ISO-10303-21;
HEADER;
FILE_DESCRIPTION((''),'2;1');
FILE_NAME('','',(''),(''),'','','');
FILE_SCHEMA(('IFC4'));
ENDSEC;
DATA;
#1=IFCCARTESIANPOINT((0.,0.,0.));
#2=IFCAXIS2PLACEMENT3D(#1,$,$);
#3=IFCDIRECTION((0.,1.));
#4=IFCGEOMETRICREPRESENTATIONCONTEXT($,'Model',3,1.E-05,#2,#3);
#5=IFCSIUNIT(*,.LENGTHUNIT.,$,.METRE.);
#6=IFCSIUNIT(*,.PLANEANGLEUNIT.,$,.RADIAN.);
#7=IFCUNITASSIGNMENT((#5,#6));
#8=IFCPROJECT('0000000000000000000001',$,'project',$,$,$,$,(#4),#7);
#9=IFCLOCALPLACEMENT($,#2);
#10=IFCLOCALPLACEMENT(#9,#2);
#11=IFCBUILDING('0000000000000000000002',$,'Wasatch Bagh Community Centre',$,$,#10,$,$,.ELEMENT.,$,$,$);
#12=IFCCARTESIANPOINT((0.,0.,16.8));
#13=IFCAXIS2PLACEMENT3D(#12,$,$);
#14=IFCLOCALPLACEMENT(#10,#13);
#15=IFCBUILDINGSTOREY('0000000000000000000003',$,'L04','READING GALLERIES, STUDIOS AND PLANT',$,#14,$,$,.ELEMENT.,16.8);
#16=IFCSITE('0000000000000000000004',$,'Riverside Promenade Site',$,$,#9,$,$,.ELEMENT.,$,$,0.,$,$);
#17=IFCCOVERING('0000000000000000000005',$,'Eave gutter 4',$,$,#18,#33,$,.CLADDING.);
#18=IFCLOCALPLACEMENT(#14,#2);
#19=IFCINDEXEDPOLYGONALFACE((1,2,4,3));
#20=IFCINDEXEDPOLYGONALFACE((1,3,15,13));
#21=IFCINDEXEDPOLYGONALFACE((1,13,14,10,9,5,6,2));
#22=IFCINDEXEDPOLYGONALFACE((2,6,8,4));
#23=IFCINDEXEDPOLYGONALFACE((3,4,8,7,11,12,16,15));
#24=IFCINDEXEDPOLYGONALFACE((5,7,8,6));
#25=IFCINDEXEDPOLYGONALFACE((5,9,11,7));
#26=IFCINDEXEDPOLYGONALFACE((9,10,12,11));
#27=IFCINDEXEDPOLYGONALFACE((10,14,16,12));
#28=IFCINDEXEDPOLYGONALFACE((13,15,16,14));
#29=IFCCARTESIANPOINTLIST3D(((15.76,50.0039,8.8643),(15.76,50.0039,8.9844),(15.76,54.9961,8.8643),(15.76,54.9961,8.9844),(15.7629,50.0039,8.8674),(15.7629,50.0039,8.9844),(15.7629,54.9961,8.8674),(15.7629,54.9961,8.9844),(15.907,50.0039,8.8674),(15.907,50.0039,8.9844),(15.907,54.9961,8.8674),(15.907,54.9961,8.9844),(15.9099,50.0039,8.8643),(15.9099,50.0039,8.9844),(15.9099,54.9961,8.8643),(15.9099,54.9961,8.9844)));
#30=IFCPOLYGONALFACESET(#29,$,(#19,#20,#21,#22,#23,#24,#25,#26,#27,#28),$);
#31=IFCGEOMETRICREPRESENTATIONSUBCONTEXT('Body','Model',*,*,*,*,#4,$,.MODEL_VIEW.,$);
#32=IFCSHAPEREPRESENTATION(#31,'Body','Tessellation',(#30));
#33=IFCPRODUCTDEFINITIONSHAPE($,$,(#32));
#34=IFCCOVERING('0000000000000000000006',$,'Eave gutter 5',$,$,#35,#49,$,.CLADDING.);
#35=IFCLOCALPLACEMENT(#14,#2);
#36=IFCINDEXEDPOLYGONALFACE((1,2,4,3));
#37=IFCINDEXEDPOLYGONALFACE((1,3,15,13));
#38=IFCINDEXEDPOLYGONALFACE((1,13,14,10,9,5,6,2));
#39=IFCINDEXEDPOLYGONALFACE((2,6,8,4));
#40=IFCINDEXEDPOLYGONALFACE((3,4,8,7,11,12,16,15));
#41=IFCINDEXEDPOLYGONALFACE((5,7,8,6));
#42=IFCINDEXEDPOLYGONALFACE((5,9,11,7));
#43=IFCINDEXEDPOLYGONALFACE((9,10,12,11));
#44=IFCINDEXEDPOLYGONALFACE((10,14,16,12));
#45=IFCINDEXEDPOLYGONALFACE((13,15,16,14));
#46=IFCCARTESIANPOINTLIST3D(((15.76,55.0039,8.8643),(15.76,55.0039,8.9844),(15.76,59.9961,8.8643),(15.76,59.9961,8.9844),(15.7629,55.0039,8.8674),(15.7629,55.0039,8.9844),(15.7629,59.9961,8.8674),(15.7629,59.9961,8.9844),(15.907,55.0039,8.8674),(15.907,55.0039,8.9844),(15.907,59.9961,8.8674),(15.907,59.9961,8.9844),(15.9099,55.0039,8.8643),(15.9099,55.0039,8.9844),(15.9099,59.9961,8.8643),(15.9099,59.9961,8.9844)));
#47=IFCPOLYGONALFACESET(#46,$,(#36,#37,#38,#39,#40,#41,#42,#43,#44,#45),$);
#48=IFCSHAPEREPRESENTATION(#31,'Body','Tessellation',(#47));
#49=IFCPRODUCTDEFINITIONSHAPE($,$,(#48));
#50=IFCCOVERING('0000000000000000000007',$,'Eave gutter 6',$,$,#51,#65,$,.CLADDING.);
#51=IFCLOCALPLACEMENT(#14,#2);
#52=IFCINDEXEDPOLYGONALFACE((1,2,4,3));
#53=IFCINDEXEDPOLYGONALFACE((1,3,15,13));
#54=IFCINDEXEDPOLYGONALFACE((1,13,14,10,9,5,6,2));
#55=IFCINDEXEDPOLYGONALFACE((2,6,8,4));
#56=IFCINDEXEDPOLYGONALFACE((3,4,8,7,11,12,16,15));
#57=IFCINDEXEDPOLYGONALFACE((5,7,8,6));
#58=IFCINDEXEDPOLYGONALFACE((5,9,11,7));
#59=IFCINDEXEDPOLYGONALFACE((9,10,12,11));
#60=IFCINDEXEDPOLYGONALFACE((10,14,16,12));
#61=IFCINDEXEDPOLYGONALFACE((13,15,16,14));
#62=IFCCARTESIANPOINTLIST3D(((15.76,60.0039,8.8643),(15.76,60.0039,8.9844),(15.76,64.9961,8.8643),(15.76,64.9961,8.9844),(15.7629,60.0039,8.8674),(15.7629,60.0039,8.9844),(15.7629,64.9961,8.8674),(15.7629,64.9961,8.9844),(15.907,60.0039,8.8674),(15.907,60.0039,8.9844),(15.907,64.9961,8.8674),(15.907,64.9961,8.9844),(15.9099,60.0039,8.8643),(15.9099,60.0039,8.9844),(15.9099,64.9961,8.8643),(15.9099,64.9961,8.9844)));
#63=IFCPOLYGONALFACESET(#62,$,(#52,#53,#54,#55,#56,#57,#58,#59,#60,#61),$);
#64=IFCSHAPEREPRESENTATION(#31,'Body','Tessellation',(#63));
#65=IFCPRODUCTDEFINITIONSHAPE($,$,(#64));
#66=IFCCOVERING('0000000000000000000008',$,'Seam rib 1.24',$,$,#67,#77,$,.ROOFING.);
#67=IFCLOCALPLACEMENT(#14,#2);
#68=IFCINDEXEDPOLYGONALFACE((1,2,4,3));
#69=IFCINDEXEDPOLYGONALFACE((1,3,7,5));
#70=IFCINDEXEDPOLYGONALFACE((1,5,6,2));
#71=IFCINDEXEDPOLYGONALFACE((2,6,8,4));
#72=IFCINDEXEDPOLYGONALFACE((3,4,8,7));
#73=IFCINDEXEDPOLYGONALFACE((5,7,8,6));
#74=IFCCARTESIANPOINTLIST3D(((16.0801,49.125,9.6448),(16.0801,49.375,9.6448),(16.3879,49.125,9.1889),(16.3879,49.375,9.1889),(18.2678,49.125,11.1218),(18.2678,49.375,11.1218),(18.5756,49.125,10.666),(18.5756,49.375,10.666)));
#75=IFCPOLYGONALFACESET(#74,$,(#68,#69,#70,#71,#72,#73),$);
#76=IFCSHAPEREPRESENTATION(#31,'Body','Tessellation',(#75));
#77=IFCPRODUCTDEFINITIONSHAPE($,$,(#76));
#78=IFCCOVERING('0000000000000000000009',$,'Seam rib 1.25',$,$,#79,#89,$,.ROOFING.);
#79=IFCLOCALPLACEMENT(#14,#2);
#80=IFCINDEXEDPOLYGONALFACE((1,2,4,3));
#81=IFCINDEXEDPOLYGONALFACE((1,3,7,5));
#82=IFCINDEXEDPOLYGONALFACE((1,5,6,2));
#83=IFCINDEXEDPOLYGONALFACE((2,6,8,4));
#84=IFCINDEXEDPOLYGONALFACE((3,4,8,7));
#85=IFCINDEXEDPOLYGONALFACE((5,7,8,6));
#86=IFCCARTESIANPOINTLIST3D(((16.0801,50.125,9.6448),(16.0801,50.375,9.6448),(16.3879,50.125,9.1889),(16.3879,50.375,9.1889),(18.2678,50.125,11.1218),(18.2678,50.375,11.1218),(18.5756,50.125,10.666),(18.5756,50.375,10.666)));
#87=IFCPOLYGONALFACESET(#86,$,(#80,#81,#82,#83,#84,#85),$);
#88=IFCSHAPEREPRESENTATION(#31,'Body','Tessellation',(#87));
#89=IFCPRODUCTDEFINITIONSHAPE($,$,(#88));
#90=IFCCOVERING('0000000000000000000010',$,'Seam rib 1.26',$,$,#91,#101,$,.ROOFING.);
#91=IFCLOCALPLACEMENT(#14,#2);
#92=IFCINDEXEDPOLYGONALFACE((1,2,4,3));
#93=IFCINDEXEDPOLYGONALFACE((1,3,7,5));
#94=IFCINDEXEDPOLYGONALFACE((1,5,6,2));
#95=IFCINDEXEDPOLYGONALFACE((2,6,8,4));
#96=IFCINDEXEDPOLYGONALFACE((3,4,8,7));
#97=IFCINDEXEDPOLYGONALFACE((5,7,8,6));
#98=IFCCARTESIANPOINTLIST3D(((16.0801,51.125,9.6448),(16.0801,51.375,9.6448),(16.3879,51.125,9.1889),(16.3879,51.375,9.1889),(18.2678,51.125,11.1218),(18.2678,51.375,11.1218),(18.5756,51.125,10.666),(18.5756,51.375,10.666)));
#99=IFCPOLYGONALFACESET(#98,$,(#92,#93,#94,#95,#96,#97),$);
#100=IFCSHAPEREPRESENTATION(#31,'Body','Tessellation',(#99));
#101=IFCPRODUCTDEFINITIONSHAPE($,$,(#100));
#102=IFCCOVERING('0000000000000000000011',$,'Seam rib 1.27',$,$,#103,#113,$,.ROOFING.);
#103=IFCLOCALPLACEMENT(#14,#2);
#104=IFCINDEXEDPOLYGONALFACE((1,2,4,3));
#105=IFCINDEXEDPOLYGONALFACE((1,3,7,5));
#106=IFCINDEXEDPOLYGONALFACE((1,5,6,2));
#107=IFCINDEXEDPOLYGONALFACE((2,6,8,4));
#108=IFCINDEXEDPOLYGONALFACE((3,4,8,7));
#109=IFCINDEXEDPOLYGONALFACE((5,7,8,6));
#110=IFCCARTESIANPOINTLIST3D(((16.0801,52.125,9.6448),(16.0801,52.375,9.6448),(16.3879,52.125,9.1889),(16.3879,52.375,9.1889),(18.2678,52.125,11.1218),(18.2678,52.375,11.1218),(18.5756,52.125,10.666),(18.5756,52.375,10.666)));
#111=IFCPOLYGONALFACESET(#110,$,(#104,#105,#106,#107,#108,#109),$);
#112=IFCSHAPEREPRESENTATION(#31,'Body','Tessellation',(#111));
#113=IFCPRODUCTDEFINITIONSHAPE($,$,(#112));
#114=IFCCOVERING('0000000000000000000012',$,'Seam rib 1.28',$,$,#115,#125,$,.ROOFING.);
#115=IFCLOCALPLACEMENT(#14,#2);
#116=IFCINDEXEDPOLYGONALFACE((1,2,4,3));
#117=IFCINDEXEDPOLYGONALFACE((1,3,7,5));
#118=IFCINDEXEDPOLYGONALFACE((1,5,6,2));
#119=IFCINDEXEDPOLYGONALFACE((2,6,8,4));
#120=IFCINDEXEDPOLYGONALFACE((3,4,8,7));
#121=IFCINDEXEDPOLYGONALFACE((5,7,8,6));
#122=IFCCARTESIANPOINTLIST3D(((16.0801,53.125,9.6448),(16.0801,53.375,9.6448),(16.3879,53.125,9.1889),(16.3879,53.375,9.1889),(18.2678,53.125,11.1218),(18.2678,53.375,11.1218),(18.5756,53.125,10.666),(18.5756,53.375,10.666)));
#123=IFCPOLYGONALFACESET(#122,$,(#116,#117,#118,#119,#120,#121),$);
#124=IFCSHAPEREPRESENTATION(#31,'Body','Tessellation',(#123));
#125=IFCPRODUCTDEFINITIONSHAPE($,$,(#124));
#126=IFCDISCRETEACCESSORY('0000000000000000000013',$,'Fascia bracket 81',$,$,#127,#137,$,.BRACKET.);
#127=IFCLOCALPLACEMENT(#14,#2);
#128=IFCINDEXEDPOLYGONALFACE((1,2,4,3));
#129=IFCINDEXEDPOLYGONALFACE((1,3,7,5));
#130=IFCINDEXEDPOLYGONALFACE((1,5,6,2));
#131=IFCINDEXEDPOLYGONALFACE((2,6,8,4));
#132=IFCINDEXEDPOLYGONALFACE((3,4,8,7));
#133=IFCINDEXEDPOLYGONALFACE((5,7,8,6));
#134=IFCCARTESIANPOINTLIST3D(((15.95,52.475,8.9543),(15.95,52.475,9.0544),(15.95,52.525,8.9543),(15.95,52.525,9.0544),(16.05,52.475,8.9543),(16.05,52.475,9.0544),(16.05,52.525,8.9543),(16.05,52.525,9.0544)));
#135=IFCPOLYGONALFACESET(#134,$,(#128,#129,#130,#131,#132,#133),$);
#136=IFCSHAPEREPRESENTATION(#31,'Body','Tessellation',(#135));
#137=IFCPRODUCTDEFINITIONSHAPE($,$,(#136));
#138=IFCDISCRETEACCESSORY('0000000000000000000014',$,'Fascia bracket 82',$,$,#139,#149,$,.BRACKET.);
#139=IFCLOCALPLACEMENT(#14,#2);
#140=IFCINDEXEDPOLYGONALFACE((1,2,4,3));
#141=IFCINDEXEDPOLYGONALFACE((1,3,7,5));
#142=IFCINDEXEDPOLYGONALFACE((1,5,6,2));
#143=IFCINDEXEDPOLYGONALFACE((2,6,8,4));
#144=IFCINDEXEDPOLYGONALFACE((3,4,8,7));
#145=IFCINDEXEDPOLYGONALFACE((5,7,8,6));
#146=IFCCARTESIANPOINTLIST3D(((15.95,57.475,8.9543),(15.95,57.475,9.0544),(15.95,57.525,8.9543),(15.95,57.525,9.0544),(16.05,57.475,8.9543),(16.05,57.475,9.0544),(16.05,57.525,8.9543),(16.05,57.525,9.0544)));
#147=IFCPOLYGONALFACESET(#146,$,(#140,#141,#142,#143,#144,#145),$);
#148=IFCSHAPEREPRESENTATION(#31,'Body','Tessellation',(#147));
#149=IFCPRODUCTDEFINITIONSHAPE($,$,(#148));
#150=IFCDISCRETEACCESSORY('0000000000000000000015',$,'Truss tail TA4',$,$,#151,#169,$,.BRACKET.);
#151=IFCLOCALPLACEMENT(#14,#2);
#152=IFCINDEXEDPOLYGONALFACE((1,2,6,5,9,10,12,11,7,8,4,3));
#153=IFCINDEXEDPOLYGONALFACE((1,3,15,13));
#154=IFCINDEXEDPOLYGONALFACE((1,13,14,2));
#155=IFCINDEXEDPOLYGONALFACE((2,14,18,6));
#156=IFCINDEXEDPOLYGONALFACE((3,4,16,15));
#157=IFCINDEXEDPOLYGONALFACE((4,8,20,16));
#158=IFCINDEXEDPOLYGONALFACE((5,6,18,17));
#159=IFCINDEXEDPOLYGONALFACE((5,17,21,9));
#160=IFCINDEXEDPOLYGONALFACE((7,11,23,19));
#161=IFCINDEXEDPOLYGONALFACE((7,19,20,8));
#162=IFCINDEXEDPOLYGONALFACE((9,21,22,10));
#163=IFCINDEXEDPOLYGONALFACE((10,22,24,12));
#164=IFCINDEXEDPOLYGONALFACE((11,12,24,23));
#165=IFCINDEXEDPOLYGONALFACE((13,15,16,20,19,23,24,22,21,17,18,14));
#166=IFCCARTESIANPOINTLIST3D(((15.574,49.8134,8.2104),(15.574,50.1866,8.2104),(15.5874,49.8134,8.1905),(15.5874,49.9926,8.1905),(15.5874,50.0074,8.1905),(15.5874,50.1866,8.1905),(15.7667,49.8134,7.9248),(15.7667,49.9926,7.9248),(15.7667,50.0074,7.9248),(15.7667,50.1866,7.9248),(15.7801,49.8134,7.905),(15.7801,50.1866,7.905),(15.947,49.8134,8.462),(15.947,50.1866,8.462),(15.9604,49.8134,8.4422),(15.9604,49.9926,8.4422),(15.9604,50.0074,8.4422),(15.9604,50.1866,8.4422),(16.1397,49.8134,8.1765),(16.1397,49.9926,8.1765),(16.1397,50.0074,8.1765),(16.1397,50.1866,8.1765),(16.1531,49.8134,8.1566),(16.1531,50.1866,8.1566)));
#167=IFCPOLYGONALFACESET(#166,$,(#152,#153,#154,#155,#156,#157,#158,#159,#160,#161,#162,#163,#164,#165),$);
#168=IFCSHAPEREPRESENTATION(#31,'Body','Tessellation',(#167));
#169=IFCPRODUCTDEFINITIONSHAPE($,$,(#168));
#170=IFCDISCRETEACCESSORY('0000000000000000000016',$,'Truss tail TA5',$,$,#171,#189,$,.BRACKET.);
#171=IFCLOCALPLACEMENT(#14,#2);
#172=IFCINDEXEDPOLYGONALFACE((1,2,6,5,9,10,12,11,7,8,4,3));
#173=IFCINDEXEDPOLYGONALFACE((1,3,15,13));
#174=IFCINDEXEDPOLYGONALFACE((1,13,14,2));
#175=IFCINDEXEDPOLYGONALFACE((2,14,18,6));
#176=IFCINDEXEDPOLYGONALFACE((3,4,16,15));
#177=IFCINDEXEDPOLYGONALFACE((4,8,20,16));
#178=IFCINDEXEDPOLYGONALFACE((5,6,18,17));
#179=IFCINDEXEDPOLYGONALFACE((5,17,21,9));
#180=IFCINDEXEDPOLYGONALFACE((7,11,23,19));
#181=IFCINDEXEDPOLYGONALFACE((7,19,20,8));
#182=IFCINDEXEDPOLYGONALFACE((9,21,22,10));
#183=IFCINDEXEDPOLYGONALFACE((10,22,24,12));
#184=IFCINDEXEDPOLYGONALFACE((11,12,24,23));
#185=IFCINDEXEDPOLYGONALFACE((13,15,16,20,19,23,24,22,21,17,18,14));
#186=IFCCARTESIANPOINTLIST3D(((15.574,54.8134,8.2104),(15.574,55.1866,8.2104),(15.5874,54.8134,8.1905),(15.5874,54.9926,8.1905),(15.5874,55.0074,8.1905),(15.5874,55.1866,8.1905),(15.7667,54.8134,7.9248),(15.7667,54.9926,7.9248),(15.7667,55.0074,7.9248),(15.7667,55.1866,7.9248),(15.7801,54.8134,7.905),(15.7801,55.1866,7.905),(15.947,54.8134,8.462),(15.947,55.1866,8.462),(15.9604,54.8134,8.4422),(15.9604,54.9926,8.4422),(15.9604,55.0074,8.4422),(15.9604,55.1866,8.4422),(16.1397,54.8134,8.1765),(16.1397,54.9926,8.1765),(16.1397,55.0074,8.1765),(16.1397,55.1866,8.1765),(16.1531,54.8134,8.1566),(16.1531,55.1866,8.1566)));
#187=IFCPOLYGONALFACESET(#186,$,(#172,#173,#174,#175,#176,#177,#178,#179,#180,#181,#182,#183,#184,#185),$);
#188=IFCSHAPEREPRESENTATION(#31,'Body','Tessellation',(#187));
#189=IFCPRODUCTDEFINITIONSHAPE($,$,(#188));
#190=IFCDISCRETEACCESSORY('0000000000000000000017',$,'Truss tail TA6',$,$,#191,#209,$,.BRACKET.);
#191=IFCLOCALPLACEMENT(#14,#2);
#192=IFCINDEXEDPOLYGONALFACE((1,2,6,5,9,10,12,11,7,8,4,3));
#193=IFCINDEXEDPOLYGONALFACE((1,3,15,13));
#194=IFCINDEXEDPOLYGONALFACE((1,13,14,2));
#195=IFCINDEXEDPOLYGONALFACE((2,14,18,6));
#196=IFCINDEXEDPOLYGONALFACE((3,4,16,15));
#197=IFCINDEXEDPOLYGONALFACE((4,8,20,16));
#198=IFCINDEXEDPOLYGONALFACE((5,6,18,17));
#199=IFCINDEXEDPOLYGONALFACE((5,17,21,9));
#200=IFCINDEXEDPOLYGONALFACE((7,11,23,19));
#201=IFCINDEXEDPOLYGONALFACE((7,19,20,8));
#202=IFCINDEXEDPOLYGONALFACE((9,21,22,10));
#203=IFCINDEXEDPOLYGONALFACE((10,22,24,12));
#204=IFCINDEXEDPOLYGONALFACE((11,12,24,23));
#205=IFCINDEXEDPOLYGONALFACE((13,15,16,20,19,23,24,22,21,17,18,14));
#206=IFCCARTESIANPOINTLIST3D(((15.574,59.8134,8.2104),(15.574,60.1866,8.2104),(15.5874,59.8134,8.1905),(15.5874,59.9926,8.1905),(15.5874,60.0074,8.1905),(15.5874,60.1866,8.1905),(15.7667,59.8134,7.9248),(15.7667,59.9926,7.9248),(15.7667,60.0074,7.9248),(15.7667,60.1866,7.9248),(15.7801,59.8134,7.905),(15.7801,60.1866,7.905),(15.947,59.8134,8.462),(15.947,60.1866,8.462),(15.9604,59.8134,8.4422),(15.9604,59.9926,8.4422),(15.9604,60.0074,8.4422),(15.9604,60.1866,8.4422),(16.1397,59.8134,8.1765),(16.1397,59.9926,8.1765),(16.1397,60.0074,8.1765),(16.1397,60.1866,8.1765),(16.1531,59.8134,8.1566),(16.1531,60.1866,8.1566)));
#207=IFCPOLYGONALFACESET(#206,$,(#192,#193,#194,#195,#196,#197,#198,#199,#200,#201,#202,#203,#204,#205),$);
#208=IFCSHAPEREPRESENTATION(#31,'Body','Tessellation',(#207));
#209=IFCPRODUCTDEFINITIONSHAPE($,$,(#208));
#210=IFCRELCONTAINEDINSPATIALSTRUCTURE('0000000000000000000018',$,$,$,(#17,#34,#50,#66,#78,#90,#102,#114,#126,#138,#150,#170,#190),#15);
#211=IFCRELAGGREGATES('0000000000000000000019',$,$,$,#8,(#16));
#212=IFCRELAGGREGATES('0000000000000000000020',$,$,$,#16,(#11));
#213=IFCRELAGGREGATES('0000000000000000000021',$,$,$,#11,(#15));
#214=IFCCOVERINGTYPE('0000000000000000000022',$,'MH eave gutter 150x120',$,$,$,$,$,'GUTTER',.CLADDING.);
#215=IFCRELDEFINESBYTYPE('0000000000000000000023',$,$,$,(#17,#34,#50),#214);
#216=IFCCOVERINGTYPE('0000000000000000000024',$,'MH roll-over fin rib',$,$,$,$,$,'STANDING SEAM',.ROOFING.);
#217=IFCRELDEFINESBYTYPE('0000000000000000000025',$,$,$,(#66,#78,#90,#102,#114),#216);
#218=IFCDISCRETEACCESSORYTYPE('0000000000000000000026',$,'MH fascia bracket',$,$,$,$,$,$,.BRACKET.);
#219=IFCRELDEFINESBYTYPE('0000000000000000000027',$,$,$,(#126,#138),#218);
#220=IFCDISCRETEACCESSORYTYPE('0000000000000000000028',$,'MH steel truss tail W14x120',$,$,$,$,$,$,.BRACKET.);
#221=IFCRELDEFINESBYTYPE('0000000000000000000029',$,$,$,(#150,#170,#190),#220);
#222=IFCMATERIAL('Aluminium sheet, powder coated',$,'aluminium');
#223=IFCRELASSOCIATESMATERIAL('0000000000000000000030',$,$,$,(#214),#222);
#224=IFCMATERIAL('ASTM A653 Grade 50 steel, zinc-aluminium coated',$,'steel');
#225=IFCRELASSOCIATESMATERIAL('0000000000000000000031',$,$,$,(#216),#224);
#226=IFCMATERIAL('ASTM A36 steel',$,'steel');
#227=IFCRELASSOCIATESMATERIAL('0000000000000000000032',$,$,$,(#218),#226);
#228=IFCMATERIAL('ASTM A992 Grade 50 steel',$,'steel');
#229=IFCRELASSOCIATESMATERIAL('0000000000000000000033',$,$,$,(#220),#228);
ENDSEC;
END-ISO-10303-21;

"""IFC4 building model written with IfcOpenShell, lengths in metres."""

from ifc_helpers import new_model, si_unit, direction, frame, origin, origin_2d, place, context, subcontext, project, spatial, polyline, rectangle, i_section, outline, extrude, material, material_profile, profile_set, type_object, element, save


model = new_model("IFC4")

# Units and contexts
model_context = context("Model", 3, precision=1e-05, world=origin(), true_north=direction((0.0, 1.0)))
body_context = subcontext(model_context, "Body", "Model", "MODEL_VIEW")
ifc_project = project(units=[si_unit("LENGTHUNIT", "METRE"), si_unit("PLANEANGLEUNIT", "RADIAN")], contexts=[model_context])

# Site, building, storey
site_placement = place(None, origin())
site = spatial("IfcSite", under=ifc_project, at=site_placement, Name="Riverside Promenade Site", CompositionType="ELEMENT", RefElevation=0.0)
building_placement = place(site_placement, origin())
building = spatial("IfcBuilding", under=site, at=building_placement, Name="Wasatch Bagh Community Centre", CompositionType="ELEMENT")
storey_placement = place(building_placement, frame((0.0, 0.0, 16.8)))
storey = spatial("IfcBuildingStorey", under=building, at=storey_placement, Name="L04", Description="READING GALLERIES, STUDIOS AND PLANT", CompositionType="ELEMENT", Elevation=16.8)

# Shared definitions
ifc_material_1 = material(Name="ASTM A992 Grade 50 steel", Category="steel")

# Coverings
ifc_material_2 = material(Name="ASTM A653 Grade 50 steel, zinc-aluminium coated", Category="steel")
ifc_material_3 = material(Name="Aluminium sheet, powder coated", Category="aluminium")
ifc_material_profile_1 = material_profile(ifc_material_3, outline(polyline([(-0.075, 0.0), (-0.075, -0.1201), (0.075, -0.1201), (0.075, 0.0), (0.072, 0.0), (0.072, -0.1169), (-0.072, -0.1169), (-0.072, 0.0), (-0.075, 0.0)])), Name="GUTTER 150x120")
ifc_profile_set_1 = profile_set([ifc_material_profile_1], Name="Aluminium sheet, powder coated")
covering_type_1 = type_object("IfcCoveringType", Name="MH eave gutter 150x120", ElementType="GUTTER", PredefinedType="CLADDING", material=ifc_profile_set_1)
for number, where, z_axis, x_axis, name in (
    (1, (15.835, 50.0039, 8.9844), (0.0, 1.0, 0.0), (-1.0, 0.0, 0.0), "Eave gutter 4"),
    (2, (15.835, 55.0039, 8.9844), (0.0, 1.0, 0.0), (-1.0, 0.0, 0.0), "Eave gutter 5"),
    (3, (15.835, 60.0039, 8.9844), (0.0, 1.0, 0.0), (-1.0, 0.0, 0.0), "Eave gutter 6"),
):
    element("IfcCovering", number, at=place(storey_placement, frame(where, z_axis=z_axis, x_axis=x_axis)), inside=storey, type_object=covering_type_1, Name=name, PredefinedType="CLADDING", context=body_context, shape_type="SweptSolid", body=[
        extrude(outline(polyline([(-0.075, 0.0), (-0.075, -0.1201), (0.075, -0.1201), (0.075, 0.0), (0.072, 0.0), (0.072, -0.1169), (-0.072, -0.1169), (-0.072, 0.0), (-0.075, 0.0)])), origin(), (0.0, 0.0, 1.0), 4.9922),
    ])
covering_type_2 = type_object("IfcCoveringType", Name="MH roll-over fin rib", ElementType="STANDING SEAM", PredefinedType="ROOFING", material=ifc_material_2)
for number, where, z_axis, x_axis, name in (
    (4, (16.0801, 49.125, 9.6448), (-0.559557, 0.0, 0.828792), (0.828792, 0.0, 0.559557), "Seam rib 1.24"),
    (5, (16.0801, 50.125, 9.6448), (-0.559557, 0.0, 0.828792), (0.828792, 0.0, 0.559557), "Seam rib 1.25"),
    (6, (16.0801, 51.125, 9.6448), (-0.559557, 0.0, 0.828792), (0.828792, 0.0, 0.559557), "Seam rib 1.26"),
    (7, (16.0801, 52.125, 9.6448), (-0.559557, 0.0, 0.828792), (0.828792, 0.0, 0.559557), "Seam rib 1.27"),
    (8, (16.0801, 53.125, 9.6448), (-0.559557, 0.0, 0.828792), (0.828792, 0.0, 0.559557), "Seam rib 1.28"),
):
    element("IfcCovering", number, at=place(storey_placement, frame(where, z_axis=z_axis, x_axis=x_axis)), inside=storey, type_object=covering_type_2, Name=name, PredefinedType="ROOFING", context=body_context, shape_type="SweptSolid", body=[
        extrude(outline(polyline([(0.0, 0.0), (2.6397, 0.0), (2.6397, 0.25), (0.0, 0.25), (0.0, 0.0)])), origin(), (0.0, 0.0, -1.0), 0.55),
    ])

# Discrete accessories
ifc_material_4 = material(Name="ASTM A36 steel", Category="steel")
discrete_accessory_type_1 = type_object("IfcDiscreteAccessoryType", Name="MH fascia bracket", PredefinedType="BRACKET", material=ifc_material_4)
for number, where, z_axis, x_axis, name in (
    (9, (16.0, 52.5, 8.9543), (0.0, 0.0, 1.0), (-1.0, 0.0, 0.0), "Fascia bracket 81"),
    (10, (16.0, 57.5, 8.9543), (0.0, 0.0, 1.0), (-1.0, 0.0, 0.0), "Fascia bracket 82"),
):
    element("IfcDiscreteAccessory", number, at=place(storey_placement, frame(where, z_axis=z_axis, x_axis=x_axis)), inside=storey, type_object=discrete_accessory_type_1, Name=name, PredefinedType="BRACKET", context=body_context, shape_type="SweptSolid", body=[
        extrude(rectangle(XDim=0.1001, YDim=0.05, at=origin_2d()), origin(), (0.0, 0.0, 1.0), 0.1001),
    ])
ifc_material_profile_2 = material_profile(ifc_material_1, i_section(OverallWidth=0.3733, OverallDepth=0.3684, WebThickness=0.0149, FlangeThickness=0.0239, at=origin_2d()), Name="W14x120")
ifc_profile_set_2 = profile_set([ifc_material_profile_2], Name="ASTM A992 Grade 50 steel")
discrete_accessory_type_2 = type_object("IfcDiscreteAccessoryType", Name="MH steel truss tail W14x120", PredefinedType="BRACKET", material=ifc_profile_set_2)
for number, where, z_axis, x_axis, name in (
    (11, (16.05, 50.0, 8.3093), (-0.828949, 0.0, -0.559324), (0.0, -1.0, 0.0), "Truss tail TA4"),
    (12, (16.05, 55.0, 8.3093), (-0.828949, 0.0, -0.559324), (0.0, -1.0, 0.0), "Truss tail TA5"),
    (13, (16.05, 60.0, 8.3093), (-0.828949, 0.0, -0.559324), (0.0, -1.0, 0.0), "Truss tail TA6"),
):
    element("IfcDiscreteAccessory", number, at=place(storey_placement, frame(where, z_axis=z_axis, x_axis=x_axis)), inside=storey, type_object=discrete_accessory_type_2, Name=name, PredefinedType="BRACKET", context=body_context, shape_type="SweptSolid", body=[
        extrude(i_section(OverallWidth=0.3733, OverallDepth=0.3684, WebThickness=0.0149, FlangeThickness=0.0239, at=origin_2d()), origin(), (0.0, 0.0, 1.0), 0.45),
    ])

save(model, "model.ifc")
